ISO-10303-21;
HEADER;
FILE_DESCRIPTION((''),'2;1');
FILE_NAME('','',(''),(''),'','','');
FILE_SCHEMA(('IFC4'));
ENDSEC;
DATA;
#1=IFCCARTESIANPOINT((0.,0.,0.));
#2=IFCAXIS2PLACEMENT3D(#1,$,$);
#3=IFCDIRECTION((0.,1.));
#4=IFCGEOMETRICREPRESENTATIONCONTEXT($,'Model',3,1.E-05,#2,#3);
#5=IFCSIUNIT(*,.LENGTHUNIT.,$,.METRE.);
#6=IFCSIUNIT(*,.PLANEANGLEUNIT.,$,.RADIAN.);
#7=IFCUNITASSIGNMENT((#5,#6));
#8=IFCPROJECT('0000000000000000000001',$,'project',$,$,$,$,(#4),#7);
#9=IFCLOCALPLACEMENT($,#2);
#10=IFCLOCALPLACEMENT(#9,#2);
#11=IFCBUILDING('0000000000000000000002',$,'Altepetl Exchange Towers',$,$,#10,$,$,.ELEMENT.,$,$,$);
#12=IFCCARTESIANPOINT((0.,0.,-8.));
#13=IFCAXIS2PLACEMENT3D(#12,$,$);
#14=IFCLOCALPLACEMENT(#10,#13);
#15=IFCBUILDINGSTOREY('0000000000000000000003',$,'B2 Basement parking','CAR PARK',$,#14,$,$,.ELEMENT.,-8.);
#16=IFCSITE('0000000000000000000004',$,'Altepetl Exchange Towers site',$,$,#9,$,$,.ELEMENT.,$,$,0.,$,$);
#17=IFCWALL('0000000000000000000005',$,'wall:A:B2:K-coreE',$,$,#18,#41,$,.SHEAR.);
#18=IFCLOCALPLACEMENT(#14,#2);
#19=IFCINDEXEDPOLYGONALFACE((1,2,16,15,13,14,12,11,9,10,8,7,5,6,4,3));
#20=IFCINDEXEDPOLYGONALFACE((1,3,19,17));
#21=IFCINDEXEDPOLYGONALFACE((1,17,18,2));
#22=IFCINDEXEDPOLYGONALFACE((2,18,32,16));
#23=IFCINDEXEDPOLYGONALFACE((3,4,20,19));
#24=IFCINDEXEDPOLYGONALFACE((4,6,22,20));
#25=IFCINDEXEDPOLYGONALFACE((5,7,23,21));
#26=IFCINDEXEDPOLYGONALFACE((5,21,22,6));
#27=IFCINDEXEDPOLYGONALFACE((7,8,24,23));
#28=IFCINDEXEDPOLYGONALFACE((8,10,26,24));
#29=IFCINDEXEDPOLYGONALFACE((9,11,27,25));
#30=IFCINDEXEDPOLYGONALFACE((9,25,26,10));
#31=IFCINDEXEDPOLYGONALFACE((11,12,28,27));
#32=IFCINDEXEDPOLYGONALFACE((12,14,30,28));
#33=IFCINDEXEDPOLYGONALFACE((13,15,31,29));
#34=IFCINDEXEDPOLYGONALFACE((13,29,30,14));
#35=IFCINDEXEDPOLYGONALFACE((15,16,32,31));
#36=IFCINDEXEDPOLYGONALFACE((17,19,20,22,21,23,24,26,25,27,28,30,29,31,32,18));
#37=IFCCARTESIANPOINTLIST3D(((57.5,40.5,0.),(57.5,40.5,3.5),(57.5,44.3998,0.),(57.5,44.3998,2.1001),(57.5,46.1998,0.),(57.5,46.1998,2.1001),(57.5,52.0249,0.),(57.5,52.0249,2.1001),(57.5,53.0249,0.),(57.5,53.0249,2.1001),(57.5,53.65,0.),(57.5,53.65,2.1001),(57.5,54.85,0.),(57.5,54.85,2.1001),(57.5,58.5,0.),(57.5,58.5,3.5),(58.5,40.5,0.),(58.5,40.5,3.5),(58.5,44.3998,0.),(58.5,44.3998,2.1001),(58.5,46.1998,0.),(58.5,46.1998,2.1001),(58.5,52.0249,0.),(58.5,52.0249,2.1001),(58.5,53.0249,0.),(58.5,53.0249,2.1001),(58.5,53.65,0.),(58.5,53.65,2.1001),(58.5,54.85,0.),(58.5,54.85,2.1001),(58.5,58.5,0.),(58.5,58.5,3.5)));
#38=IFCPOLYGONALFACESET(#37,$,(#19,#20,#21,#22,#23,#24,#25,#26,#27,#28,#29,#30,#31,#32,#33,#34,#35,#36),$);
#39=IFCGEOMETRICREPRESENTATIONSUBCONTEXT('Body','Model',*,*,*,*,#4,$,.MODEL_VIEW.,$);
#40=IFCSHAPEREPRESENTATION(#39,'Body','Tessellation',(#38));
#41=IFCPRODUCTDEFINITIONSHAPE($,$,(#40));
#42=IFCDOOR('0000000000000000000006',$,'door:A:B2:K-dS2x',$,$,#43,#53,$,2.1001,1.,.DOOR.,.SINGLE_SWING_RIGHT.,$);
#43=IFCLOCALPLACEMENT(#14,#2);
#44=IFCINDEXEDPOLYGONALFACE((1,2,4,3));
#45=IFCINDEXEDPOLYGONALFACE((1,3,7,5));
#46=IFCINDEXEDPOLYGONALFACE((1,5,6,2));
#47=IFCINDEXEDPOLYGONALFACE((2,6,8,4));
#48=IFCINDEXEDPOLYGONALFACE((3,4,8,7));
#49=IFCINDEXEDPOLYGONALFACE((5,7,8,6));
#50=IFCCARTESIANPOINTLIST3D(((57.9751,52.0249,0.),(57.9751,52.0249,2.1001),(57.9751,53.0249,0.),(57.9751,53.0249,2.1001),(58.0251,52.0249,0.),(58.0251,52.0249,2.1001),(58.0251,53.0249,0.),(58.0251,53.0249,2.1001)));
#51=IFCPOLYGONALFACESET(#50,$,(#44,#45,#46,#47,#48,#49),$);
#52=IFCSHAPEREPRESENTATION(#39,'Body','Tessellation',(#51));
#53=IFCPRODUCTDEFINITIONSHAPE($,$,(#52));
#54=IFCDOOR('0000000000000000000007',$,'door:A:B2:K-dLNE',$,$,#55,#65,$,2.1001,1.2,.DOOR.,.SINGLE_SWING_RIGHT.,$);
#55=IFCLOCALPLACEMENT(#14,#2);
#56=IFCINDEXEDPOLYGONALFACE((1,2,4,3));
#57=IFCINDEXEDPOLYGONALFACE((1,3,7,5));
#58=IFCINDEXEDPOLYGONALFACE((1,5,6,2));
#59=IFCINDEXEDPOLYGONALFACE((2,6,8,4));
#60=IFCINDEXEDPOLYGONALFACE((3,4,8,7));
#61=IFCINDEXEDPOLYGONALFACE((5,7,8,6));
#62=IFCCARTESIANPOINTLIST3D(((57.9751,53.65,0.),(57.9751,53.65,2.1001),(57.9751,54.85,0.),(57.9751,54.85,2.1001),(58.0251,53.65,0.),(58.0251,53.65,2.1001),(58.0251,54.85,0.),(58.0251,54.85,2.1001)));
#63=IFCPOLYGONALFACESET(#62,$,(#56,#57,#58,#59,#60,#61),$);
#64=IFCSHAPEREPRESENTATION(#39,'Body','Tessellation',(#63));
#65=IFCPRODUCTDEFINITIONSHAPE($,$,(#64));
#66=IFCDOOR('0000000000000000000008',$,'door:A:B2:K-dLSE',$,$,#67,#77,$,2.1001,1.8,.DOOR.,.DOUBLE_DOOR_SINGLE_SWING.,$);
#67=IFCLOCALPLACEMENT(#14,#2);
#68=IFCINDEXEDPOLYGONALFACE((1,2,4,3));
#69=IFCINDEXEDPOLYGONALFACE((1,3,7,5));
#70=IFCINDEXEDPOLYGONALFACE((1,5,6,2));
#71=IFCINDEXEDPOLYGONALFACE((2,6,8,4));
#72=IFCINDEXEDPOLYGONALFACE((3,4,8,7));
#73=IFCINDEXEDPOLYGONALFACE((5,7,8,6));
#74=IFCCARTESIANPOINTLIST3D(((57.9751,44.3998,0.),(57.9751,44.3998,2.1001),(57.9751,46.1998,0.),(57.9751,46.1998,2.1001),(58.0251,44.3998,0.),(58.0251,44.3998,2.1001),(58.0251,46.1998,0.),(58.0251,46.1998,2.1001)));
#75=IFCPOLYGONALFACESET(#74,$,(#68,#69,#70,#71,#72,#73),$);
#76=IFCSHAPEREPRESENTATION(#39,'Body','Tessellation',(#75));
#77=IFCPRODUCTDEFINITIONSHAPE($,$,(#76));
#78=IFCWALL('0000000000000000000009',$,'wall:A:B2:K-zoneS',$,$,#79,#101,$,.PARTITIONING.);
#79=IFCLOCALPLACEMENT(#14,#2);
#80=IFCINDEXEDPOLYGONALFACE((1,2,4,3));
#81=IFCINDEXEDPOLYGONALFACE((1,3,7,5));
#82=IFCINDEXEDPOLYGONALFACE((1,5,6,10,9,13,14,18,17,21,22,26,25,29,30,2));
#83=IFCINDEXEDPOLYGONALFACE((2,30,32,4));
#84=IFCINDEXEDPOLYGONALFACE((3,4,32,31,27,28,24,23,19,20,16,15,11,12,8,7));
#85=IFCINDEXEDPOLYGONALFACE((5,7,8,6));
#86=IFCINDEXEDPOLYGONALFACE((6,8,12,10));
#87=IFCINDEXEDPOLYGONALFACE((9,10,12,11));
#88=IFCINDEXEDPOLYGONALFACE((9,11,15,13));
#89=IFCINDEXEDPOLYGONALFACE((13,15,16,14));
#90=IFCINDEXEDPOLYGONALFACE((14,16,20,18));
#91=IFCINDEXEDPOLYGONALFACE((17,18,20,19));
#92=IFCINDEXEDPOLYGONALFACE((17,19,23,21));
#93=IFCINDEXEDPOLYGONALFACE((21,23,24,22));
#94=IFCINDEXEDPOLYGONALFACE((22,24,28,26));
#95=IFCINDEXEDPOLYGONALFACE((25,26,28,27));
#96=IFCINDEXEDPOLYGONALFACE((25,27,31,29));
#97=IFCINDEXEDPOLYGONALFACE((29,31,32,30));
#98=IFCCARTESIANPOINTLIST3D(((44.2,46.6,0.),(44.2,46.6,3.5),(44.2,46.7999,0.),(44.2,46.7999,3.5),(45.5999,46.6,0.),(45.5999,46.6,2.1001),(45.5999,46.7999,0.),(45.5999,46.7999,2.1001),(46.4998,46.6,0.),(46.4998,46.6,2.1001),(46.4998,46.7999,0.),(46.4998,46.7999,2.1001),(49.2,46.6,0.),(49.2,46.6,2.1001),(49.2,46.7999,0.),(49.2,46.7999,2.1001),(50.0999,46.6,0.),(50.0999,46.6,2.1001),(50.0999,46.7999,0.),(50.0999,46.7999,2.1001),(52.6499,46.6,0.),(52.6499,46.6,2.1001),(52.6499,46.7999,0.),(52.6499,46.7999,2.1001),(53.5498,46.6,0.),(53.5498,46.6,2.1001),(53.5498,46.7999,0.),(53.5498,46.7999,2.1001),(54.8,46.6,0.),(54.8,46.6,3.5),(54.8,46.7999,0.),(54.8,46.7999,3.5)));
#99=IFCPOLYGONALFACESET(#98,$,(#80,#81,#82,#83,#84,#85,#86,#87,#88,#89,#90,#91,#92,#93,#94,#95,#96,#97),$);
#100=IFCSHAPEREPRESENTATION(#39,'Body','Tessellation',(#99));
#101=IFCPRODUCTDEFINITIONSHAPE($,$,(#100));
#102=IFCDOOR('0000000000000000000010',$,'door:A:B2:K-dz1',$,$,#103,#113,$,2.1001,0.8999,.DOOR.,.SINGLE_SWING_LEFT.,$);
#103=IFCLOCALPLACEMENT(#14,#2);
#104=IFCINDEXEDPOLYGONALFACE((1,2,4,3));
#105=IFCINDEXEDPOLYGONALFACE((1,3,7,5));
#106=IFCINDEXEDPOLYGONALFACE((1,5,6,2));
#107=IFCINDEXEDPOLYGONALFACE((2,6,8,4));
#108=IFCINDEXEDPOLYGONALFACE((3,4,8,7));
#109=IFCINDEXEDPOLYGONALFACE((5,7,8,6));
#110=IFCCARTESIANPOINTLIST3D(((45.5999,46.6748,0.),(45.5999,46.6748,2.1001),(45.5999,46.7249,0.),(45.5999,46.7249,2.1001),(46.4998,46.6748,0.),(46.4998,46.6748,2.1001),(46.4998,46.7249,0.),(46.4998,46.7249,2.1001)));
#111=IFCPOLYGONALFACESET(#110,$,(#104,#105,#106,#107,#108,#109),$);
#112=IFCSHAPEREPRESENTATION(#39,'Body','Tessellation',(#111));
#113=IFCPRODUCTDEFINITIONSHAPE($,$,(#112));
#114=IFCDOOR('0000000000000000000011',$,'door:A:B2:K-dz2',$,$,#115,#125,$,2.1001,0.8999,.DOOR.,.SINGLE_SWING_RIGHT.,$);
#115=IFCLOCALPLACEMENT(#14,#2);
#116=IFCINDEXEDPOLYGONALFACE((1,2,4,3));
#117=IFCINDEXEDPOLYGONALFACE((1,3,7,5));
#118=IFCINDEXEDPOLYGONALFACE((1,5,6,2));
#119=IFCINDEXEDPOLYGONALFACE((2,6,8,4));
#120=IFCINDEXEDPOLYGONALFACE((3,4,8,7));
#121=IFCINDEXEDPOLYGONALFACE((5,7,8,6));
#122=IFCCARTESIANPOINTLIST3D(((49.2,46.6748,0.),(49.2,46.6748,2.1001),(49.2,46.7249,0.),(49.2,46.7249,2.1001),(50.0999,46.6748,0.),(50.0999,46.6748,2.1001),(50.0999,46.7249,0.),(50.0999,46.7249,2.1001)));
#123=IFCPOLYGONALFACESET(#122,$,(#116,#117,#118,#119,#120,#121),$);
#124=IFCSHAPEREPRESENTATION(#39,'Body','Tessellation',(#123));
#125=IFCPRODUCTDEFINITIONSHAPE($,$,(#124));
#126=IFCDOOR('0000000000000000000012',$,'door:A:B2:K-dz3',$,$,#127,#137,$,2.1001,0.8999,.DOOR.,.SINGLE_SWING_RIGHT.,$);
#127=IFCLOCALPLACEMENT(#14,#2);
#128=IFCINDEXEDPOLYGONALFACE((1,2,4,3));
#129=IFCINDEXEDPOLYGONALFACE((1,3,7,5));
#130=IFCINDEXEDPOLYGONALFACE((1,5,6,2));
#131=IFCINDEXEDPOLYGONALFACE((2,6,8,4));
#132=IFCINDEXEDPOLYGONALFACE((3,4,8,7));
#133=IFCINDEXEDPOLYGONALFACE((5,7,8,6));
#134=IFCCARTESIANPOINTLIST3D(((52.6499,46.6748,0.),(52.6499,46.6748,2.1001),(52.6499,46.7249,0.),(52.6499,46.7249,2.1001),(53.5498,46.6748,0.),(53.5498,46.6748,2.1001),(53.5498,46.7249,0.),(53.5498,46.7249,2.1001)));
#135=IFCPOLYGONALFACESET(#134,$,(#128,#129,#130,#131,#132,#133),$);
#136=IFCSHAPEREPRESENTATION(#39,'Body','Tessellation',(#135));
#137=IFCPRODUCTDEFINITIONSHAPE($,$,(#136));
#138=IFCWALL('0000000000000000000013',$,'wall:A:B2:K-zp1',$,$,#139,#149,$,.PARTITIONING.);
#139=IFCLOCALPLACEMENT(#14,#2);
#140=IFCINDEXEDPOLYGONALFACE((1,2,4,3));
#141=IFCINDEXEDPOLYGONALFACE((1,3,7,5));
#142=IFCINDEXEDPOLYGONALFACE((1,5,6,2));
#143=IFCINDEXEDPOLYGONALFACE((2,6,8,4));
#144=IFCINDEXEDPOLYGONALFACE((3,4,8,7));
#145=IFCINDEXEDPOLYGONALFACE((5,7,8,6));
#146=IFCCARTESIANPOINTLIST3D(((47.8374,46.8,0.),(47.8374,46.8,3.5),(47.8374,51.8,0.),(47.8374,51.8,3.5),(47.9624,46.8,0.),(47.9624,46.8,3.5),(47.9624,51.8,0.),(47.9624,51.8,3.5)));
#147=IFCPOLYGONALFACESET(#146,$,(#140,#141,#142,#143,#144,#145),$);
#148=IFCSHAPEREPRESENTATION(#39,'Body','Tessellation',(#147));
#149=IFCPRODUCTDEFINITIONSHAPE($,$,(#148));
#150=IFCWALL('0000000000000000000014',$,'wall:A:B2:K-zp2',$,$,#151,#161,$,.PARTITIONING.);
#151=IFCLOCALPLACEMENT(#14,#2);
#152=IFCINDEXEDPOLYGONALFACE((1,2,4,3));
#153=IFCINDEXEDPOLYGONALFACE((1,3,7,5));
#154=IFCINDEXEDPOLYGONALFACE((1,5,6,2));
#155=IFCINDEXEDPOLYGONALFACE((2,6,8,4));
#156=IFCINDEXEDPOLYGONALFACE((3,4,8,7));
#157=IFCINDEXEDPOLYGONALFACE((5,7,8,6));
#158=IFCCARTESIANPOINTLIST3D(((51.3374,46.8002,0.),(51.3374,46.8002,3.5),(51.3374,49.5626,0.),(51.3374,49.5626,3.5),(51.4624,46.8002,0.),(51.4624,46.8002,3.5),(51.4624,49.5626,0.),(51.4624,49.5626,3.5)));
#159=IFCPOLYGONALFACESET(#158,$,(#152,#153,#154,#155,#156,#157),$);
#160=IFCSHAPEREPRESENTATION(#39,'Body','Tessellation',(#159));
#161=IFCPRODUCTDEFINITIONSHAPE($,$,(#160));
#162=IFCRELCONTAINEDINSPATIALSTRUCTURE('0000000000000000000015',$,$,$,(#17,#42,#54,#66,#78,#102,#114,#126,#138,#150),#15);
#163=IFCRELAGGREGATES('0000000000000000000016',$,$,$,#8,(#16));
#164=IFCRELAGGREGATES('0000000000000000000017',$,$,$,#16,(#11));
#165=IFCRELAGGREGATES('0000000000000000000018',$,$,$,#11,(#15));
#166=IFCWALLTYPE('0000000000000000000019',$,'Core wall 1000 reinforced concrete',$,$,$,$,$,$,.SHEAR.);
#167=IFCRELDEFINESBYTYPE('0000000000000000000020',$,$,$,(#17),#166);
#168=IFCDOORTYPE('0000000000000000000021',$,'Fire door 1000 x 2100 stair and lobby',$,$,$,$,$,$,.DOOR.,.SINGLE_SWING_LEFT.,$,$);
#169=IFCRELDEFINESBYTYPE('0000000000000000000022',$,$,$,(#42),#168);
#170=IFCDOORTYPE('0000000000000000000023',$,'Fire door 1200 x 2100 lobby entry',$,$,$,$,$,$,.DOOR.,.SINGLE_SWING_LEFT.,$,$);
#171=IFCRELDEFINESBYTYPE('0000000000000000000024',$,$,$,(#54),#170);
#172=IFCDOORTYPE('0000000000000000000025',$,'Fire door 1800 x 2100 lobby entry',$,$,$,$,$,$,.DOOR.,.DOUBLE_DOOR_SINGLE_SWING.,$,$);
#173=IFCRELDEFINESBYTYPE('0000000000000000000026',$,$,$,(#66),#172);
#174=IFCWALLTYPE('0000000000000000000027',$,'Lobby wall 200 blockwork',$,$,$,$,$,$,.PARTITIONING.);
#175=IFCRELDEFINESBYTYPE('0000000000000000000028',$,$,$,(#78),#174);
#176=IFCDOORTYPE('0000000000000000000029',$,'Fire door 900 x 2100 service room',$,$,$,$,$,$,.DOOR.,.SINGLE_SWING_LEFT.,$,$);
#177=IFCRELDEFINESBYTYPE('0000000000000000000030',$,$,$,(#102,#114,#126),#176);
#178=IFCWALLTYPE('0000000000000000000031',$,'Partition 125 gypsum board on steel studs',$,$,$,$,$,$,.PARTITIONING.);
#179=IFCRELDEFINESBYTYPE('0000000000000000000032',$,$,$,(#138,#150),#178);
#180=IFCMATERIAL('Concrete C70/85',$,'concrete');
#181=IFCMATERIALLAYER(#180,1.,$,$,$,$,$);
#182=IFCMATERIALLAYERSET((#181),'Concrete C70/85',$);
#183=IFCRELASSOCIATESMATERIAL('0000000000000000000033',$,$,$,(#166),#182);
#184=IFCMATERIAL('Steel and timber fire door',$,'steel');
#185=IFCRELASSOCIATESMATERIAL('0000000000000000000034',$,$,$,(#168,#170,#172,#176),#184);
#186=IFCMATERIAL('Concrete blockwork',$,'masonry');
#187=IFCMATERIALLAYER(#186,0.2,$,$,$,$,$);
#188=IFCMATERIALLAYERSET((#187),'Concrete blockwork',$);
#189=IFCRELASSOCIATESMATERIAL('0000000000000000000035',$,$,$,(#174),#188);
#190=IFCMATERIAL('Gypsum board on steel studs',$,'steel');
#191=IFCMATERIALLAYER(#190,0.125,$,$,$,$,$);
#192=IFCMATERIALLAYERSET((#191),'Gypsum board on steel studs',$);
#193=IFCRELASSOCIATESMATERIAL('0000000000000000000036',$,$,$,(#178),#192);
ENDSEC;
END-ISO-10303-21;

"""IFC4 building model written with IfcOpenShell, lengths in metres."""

from ifc_helpers import new_model, si_unit, direction, frame, frame_2d, origin, place, context, subcontext, project, spatial, rectangle, extrude, material, layer, layer_set, type_object, element, fill, save


model = new_model("IFC4")

# Units and contexts
model_context = context("Model", 3, precision=1e-05, world=origin(), true_north=direction((0.0, 1.0)))
body_context = subcontext(model_context, "Body", "Model", "MODEL_VIEW")
ifc_project = project(units=[si_unit("LENGTHUNIT", "METRE"), si_unit("PLANEANGLEUNIT", "RADIAN")], contexts=[model_context])

# Site, building, storey
site_placement = place(None, origin())
site = spatial("IfcSite", under=ifc_project, at=site_placement, Name="Altepetl Exchange Towers site", CompositionType="ELEMENT", RefElevation=0.0)
building_placement = place(site_placement, origin())
building = spatial("IfcBuilding", under=site, at=building_placement, Name="Altepetl Exchange Towers", CompositionType="ELEMENT")
storey_placement = place(building_placement, frame((0.0, 0.0, -8.0)))
storey = spatial("IfcBuildingStorey", under=building, at=storey_placement, Name="B2 Basement parking", Description="CAR PARK", CompositionType="ELEMENT", Elevation=-8.0)

# Walls, openings, doors
ifc_material_1 = material(Name="Concrete C70/85", Category="concrete")
ifc_layer_1 = layer(ifc_material_1, 1.0)
ifc_layer_set_1 = layer_set([ifc_layer_1], Name="Concrete C70/85")
wall_type_1 = type_object("IfcWallType", Name="Core wall 1000 reinforced concrete", PredefinedType="SHEAR", material=ifc_layer_set_1)
wall_1_placement = place(storey_placement, frame((58.0, 40.5, 0.0), z_axis=(0.0, 0.0, 1.0), x_axis=(0.0, 1.0, 0.0)))
wall_1 = element("IfcWall", 1, at=wall_1_placement, inside=storey, type_object=wall_type_1, Name="wall:A:B2:K-coreE", PredefinedType="SHEAR", context=body_context, shape_type="SweptSolid", body=[
    extrude(rectangle(XDim=18.0, YDim=1.0, at=frame_2d((9.0, 0.0))), origin(), (0.0, 0.0, 1.0), 3.5),
])
opening_1_placement = place(wall_1_placement, frame((13.1499, 0.0, 0.0)))
opening_1 = element("IfcOpeningElement", 2, at=opening_1_placement, cuts=wall_1, PredefinedType="OPENING", context=body_context, shape_type="SweptSolid", body=[
    extrude(rectangle(XDim=1.2, YDim=2.1001, at=frame_2d((0.6001, 1.05))), frame((0.0, 0.51, 0.0), z_axis=(0.0, -1.0, 0.0), x_axis=(1.0, 0.0, 0.0)), (0.0, 0.0, 1.0), 1.02),
])
opening_2_placement = place(wall_1_placement, frame((3.8999, 0.0, 0.0)))
opening_2 = element("IfcOpeningElement", 3, at=opening_2_placement, cuts=wall_1, PredefinedType="OPENING", context=body_context, shape_type="SweptSolid", body=[
    extrude(rectangle(XDim=1.8, YDim=2.1001, at=frame_2d((0.8999, 1.05))), frame((0.0, 0.51, 0.0), z_axis=(0.0, -1.0, 0.0), x_axis=(1.0, 0.0, 0.0)), (0.0, 0.0, 1.0), 1.02),
])
opening_3_placement = place(wall_1_placement, frame((11.5249, 0.0, 0.0)))
opening_3 = element("IfcOpeningElement", 4, at=opening_3_placement, cuts=wall_1, PredefinedType="OPENING", context=body_context, shape_type="SweptSolid", body=[
    extrude(rectangle(XDim=1.0, YDim=2.1001, at=frame_2d((0.5, 1.05))), frame((0.0, 0.51, 0.0), z_axis=(0.0, -1.0, 0.0), x_axis=(1.0, 0.0, 0.0)), (0.0, 0.0, 1.0), 1.02),
])
ifc_material_2 = material(Name="Steel and timber fire door", Category="steel")
door_type_1 = type_object("IfcDoorType", Name="Fire door 1000 x 2100 stair and lobby", OperationType="SINGLE_SWING_LEFT", PredefinedType="DOOR", material=ifc_material_2)
door_1_placement = place(opening_3_placement, origin())
door_1 = element("IfcDoor", 5, at=door_1_placement, inside=storey, type_object=door_type_1, Name="door:A:B2:K-dS2x", OperationType="SINGLE_SWING_RIGHT", OverallHeight=2.1001, OverallWidth=1.0, PredefinedType="DOOR", context=body_context, shape_type="SweptSolid", body=[
    extrude(rectangle(XDim=1.0, YDim=2.1001, at=frame_2d((0.5, 1.05))), frame((0.0, 0.0249, 0.0), z_axis=(0.0, -1.0, 0.0), x_axis=(1.0, 0.0, 0.0)), (0.0, 0.0, 1.0), 0.05),
])
fill(opening_3, door_1)
door_type_2 = type_object("IfcDoorType", Name="Fire door 1200 x 2100 lobby entry", OperationType="SINGLE_SWING_LEFT", PredefinedType="DOOR", material=ifc_material_2)
door_2_placement = place(opening_1_placement, origin())
door_2 = element("IfcDoor", 6, at=door_2_placement, inside=storey, type_object=door_type_2, Name="door:A:B2:K-dLNE", OperationType="SINGLE_SWING_RIGHT", OverallHeight=2.1001, OverallWidth=1.2, PredefinedType="DOOR", context=body_context, shape_type="SweptSolid", body=[
    extrude(rectangle(XDim=1.2, YDim=2.1001, at=frame_2d((0.6001, 1.05))), frame((0.0, 0.0249, 0.0), z_axis=(0.0, -1.0, 0.0), x_axis=(1.0, 0.0, 0.0)), (0.0, 0.0, 1.0), 0.05),
])
fill(opening_1, door_2)
door_type_3 = type_object("IfcDoorType", Name="Fire door 1800 x 2100 lobby entry", OperationType="DOUBLE_DOOR_SINGLE_SWING", PredefinedType="DOOR", material=ifc_material_2)
door_3_placement = place(opening_2_placement, origin())
door_3 = element("IfcDoor", 7, at=door_3_placement, inside=storey, type_object=door_type_3, Name="door:A:B2:K-dLSE", OperationType="DOUBLE_DOOR_SINGLE_SWING", OverallHeight=2.1001, OverallWidth=1.8, PredefinedType="DOOR", context=body_context, shape_type="SweptSolid", body=[
    extrude(rectangle(XDim=1.8, YDim=2.1001, at=frame_2d((0.8999, 1.05))), frame((0.0, 0.0249, 0.0), z_axis=(0.0, -1.0, 0.0), x_axis=(1.0, 0.0, 0.0)), (0.0, 0.0, 1.0), 0.05),
])
fill(opening_2, door_3)
ifc_material_3 = material(Name="Concrete blockwork", Category="masonry")
ifc_layer_2 = layer(ifc_material_3, 0.2)
ifc_layer_set_2 = layer_set([ifc_layer_2], Name="Concrete blockwork")
wall_type_2 = type_object("IfcWallType", Name="Lobby wall 200 blockwork", PredefinedType="PARTITIONING", material=ifc_layer_set_2)
wall_2_placement = place(storey_placement, frame((44.2, 46.7, 0.0)))
wall_2 = element("IfcWall", 8, at=wall_2_placement, inside=storey, type_object=wall_type_2, Name="wall:A:B2:K-zoneS", PredefinedType="PARTITIONING", context=body_context, shape_type="SweptSolid", body=[
    extrude(rectangle(XDim=10.6001, YDim=0.2, at=frame_2d((5.3, 0.0))), origin(), (0.0, 0.0, 1.0), 3.5),
])
opening_4_placement = place(wall_2_placement, frame((1.3999, 0.0, 0.0)))
opening_4 = element("IfcOpeningElement", 9, at=opening_4_placement, cuts=wall_2, PredefinedType="OPENING", context=body_context, shape_type="SweptSolid", body=[
    extrude(rectangle(XDim=0.8999, YDim=2.1001, at=frame_2d((0.45, 1.05))), frame((0.0, 0.1099, 0.0), z_axis=(0.0, -1.0, 0.0), x_axis=(1.0, 0.0, 0.0)), (0.0, 0.0, 1.0), 0.22),
])
opening_5_placement = place(wall_2_placement, frame((5.0, 0.0, 0.0)))
opening_5 = element("IfcOpeningElement", 10, at=opening_5_placement, cuts=wall_2, PredefinedType="OPENING", context=body_context, shape_type="SweptSolid", body=[
    extrude(rectangle(XDim=0.8999, YDim=2.1001, at=frame_2d((0.45, 1.05))), frame((0.0, 0.1099, 0.0), z_axis=(0.0, -1.0, 0.0), x_axis=(1.0, 0.0, 0.0)), (0.0, 0.0, 1.0), 0.22),
])
opening_6_placement = place(wall_2_placement, frame((8.45, 0.0, 0.0)))
opening_6 = element("IfcOpeningElement", 11, at=opening_6_placement, cuts=wall_2, PredefinedType="OPENING", context=body_context, shape_type="SweptSolid", body=[
    extrude(rectangle(XDim=0.8999, YDim=2.1001, at=frame_2d((0.45, 1.05))), frame((0.0, 0.1099, 0.0), z_axis=(0.0, -1.0, 0.0), x_axis=(1.0, 0.0, 0.0)), (0.0, 0.0, 1.0), 0.22),
])
door_type_4 = type_object("IfcDoorType", Name="Fire door 900 x 2100 service room", OperationType="SINGLE_SWING_LEFT", PredefinedType="DOOR", material=ifc_material_2)
door_4_placement = place(opening_4_placement, origin())
door_4 = element("IfcDoor", 12, at=door_4_placement, inside=storey, type_object=door_type_4, Name="door:A:B2:K-dz1", OperationType="SINGLE_SWING_LEFT", OverallHeight=2.1001, OverallWidth=0.8999, PredefinedType="DOOR", context=body_context, shape_type="SweptSolid", body=[
    extrude(rectangle(XDim=0.8999, YDim=2.1001, at=frame_2d((0.45, 1.05))), frame((0.0, 0.0249, 0.0), z_axis=(0.0, -1.0, 0.0), x_axis=(1.0, 0.0, 0.0)), (0.0, 0.0, 1.0), 0.05),
])
fill(opening_4, door_4)
door_5_placement = place(opening_5_placement, origin())
door_5 = element("IfcDoor", 13, at=door_5_placement, inside=storey, type_object=door_type_4, Name="door:A:B2:K-dz2", OperationType="SINGLE_SWING_RIGHT", OverallHeight=2.1001, OverallWidth=0.8999, PredefinedType="DOOR", context=body_context, shape_type="SweptSolid", body=[
    extrude(rectangle(XDim=0.8999, YDim=2.1001, at=frame_2d((0.45, 1.05))), frame((0.0, 0.0249, 0.0), z_axis=(0.0, -1.0, 0.0), x_axis=(1.0, 0.0, 0.0)), (0.0, 0.0, 1.0), 0.05),
])
fill(opening_5, door_5)
door_6_placement = place(opening_6_placement, origin())
door_6 = element("IfcDoor", 14, at=door_6_placement, inside=storey, type_object=door_type_4, Name="door:A:B2:K-dz3", OperationType="SINGLE_SWING_RIGHT", OverallHeight=2.1001, OverallWidth=0.8999, PredefinedType="DOOR", context=body_context, shape_type="SweptSolid", body=[
    extrude(rectangle(XDim=0.8999, YDim=2.1001, at=frame_2d((0.45, 1.05))), frame((0.0, 0.0249, 0.0), z_axis=(0.0, -1.0, 0.0), x_axis=(1.0, 0.0, 0.0)), (0.0, 0.0, 1.0), 0.05),
])
fill(opening_6, door_6)

# Walls
ifc_material_4 = material(Name="Gypsum board on steel studs", Category="steel")
ifc_layer_3 = layer(ifc_material_4, 0.125)
ifc_layer_set_3 = layer_set([ifc_layer_3], Name="Gypsum board on steel studs")
wall_type_3 = type_object("IfcWallType", Name="Partition 125 gypsum board on steel studs", PredefinedType="PARTITIONING", material=ifc_layer_set_3)
wall_3_placement = place(storey_placement, frame((47.8999, 46.8, 0.0), z_axis=(0.0, 0.0, 1.0), x_axis=(0.0, 1.0, 0.0)))
element("IfcWall", 15, at=wall_3_placement, inside=storey, type_object=wall_type_3, Name="wall:A:B2:K-zp1", PredefinedType="PARTITIONING", context=body_context, shape_type="SweptSolid", body=[
    extrude(rectangle(XDim=5.0, YDim=0.125, at=frame_2d((2.5, 0.0))), origin(), (0.0, 0.0, 1.0), 3.5),
])
wall_4_placement = place(storey_placement, frame((51.3999, 46.8, 0.0), z_axis=(0.0, 0.0, 1.0), x_axis=(0.0, 1.0, 0.0)))
element("IfcWall", 16, at=wall_4_placement, inside=storey, type_object=wall_type_3, Name="wall:A:B2:K-zp2", PredefinedType="PARTITIONING", context=body_context, shape_type="SweptSolid", body=[
    extrude(rectangle(XDim=2.7625, YDim=0.125, at=frame_2d((1.3813, 0.0))), origin(), (0.0, 0.0, 1.0), 3.5),
])

save(model, "model.ifc")
